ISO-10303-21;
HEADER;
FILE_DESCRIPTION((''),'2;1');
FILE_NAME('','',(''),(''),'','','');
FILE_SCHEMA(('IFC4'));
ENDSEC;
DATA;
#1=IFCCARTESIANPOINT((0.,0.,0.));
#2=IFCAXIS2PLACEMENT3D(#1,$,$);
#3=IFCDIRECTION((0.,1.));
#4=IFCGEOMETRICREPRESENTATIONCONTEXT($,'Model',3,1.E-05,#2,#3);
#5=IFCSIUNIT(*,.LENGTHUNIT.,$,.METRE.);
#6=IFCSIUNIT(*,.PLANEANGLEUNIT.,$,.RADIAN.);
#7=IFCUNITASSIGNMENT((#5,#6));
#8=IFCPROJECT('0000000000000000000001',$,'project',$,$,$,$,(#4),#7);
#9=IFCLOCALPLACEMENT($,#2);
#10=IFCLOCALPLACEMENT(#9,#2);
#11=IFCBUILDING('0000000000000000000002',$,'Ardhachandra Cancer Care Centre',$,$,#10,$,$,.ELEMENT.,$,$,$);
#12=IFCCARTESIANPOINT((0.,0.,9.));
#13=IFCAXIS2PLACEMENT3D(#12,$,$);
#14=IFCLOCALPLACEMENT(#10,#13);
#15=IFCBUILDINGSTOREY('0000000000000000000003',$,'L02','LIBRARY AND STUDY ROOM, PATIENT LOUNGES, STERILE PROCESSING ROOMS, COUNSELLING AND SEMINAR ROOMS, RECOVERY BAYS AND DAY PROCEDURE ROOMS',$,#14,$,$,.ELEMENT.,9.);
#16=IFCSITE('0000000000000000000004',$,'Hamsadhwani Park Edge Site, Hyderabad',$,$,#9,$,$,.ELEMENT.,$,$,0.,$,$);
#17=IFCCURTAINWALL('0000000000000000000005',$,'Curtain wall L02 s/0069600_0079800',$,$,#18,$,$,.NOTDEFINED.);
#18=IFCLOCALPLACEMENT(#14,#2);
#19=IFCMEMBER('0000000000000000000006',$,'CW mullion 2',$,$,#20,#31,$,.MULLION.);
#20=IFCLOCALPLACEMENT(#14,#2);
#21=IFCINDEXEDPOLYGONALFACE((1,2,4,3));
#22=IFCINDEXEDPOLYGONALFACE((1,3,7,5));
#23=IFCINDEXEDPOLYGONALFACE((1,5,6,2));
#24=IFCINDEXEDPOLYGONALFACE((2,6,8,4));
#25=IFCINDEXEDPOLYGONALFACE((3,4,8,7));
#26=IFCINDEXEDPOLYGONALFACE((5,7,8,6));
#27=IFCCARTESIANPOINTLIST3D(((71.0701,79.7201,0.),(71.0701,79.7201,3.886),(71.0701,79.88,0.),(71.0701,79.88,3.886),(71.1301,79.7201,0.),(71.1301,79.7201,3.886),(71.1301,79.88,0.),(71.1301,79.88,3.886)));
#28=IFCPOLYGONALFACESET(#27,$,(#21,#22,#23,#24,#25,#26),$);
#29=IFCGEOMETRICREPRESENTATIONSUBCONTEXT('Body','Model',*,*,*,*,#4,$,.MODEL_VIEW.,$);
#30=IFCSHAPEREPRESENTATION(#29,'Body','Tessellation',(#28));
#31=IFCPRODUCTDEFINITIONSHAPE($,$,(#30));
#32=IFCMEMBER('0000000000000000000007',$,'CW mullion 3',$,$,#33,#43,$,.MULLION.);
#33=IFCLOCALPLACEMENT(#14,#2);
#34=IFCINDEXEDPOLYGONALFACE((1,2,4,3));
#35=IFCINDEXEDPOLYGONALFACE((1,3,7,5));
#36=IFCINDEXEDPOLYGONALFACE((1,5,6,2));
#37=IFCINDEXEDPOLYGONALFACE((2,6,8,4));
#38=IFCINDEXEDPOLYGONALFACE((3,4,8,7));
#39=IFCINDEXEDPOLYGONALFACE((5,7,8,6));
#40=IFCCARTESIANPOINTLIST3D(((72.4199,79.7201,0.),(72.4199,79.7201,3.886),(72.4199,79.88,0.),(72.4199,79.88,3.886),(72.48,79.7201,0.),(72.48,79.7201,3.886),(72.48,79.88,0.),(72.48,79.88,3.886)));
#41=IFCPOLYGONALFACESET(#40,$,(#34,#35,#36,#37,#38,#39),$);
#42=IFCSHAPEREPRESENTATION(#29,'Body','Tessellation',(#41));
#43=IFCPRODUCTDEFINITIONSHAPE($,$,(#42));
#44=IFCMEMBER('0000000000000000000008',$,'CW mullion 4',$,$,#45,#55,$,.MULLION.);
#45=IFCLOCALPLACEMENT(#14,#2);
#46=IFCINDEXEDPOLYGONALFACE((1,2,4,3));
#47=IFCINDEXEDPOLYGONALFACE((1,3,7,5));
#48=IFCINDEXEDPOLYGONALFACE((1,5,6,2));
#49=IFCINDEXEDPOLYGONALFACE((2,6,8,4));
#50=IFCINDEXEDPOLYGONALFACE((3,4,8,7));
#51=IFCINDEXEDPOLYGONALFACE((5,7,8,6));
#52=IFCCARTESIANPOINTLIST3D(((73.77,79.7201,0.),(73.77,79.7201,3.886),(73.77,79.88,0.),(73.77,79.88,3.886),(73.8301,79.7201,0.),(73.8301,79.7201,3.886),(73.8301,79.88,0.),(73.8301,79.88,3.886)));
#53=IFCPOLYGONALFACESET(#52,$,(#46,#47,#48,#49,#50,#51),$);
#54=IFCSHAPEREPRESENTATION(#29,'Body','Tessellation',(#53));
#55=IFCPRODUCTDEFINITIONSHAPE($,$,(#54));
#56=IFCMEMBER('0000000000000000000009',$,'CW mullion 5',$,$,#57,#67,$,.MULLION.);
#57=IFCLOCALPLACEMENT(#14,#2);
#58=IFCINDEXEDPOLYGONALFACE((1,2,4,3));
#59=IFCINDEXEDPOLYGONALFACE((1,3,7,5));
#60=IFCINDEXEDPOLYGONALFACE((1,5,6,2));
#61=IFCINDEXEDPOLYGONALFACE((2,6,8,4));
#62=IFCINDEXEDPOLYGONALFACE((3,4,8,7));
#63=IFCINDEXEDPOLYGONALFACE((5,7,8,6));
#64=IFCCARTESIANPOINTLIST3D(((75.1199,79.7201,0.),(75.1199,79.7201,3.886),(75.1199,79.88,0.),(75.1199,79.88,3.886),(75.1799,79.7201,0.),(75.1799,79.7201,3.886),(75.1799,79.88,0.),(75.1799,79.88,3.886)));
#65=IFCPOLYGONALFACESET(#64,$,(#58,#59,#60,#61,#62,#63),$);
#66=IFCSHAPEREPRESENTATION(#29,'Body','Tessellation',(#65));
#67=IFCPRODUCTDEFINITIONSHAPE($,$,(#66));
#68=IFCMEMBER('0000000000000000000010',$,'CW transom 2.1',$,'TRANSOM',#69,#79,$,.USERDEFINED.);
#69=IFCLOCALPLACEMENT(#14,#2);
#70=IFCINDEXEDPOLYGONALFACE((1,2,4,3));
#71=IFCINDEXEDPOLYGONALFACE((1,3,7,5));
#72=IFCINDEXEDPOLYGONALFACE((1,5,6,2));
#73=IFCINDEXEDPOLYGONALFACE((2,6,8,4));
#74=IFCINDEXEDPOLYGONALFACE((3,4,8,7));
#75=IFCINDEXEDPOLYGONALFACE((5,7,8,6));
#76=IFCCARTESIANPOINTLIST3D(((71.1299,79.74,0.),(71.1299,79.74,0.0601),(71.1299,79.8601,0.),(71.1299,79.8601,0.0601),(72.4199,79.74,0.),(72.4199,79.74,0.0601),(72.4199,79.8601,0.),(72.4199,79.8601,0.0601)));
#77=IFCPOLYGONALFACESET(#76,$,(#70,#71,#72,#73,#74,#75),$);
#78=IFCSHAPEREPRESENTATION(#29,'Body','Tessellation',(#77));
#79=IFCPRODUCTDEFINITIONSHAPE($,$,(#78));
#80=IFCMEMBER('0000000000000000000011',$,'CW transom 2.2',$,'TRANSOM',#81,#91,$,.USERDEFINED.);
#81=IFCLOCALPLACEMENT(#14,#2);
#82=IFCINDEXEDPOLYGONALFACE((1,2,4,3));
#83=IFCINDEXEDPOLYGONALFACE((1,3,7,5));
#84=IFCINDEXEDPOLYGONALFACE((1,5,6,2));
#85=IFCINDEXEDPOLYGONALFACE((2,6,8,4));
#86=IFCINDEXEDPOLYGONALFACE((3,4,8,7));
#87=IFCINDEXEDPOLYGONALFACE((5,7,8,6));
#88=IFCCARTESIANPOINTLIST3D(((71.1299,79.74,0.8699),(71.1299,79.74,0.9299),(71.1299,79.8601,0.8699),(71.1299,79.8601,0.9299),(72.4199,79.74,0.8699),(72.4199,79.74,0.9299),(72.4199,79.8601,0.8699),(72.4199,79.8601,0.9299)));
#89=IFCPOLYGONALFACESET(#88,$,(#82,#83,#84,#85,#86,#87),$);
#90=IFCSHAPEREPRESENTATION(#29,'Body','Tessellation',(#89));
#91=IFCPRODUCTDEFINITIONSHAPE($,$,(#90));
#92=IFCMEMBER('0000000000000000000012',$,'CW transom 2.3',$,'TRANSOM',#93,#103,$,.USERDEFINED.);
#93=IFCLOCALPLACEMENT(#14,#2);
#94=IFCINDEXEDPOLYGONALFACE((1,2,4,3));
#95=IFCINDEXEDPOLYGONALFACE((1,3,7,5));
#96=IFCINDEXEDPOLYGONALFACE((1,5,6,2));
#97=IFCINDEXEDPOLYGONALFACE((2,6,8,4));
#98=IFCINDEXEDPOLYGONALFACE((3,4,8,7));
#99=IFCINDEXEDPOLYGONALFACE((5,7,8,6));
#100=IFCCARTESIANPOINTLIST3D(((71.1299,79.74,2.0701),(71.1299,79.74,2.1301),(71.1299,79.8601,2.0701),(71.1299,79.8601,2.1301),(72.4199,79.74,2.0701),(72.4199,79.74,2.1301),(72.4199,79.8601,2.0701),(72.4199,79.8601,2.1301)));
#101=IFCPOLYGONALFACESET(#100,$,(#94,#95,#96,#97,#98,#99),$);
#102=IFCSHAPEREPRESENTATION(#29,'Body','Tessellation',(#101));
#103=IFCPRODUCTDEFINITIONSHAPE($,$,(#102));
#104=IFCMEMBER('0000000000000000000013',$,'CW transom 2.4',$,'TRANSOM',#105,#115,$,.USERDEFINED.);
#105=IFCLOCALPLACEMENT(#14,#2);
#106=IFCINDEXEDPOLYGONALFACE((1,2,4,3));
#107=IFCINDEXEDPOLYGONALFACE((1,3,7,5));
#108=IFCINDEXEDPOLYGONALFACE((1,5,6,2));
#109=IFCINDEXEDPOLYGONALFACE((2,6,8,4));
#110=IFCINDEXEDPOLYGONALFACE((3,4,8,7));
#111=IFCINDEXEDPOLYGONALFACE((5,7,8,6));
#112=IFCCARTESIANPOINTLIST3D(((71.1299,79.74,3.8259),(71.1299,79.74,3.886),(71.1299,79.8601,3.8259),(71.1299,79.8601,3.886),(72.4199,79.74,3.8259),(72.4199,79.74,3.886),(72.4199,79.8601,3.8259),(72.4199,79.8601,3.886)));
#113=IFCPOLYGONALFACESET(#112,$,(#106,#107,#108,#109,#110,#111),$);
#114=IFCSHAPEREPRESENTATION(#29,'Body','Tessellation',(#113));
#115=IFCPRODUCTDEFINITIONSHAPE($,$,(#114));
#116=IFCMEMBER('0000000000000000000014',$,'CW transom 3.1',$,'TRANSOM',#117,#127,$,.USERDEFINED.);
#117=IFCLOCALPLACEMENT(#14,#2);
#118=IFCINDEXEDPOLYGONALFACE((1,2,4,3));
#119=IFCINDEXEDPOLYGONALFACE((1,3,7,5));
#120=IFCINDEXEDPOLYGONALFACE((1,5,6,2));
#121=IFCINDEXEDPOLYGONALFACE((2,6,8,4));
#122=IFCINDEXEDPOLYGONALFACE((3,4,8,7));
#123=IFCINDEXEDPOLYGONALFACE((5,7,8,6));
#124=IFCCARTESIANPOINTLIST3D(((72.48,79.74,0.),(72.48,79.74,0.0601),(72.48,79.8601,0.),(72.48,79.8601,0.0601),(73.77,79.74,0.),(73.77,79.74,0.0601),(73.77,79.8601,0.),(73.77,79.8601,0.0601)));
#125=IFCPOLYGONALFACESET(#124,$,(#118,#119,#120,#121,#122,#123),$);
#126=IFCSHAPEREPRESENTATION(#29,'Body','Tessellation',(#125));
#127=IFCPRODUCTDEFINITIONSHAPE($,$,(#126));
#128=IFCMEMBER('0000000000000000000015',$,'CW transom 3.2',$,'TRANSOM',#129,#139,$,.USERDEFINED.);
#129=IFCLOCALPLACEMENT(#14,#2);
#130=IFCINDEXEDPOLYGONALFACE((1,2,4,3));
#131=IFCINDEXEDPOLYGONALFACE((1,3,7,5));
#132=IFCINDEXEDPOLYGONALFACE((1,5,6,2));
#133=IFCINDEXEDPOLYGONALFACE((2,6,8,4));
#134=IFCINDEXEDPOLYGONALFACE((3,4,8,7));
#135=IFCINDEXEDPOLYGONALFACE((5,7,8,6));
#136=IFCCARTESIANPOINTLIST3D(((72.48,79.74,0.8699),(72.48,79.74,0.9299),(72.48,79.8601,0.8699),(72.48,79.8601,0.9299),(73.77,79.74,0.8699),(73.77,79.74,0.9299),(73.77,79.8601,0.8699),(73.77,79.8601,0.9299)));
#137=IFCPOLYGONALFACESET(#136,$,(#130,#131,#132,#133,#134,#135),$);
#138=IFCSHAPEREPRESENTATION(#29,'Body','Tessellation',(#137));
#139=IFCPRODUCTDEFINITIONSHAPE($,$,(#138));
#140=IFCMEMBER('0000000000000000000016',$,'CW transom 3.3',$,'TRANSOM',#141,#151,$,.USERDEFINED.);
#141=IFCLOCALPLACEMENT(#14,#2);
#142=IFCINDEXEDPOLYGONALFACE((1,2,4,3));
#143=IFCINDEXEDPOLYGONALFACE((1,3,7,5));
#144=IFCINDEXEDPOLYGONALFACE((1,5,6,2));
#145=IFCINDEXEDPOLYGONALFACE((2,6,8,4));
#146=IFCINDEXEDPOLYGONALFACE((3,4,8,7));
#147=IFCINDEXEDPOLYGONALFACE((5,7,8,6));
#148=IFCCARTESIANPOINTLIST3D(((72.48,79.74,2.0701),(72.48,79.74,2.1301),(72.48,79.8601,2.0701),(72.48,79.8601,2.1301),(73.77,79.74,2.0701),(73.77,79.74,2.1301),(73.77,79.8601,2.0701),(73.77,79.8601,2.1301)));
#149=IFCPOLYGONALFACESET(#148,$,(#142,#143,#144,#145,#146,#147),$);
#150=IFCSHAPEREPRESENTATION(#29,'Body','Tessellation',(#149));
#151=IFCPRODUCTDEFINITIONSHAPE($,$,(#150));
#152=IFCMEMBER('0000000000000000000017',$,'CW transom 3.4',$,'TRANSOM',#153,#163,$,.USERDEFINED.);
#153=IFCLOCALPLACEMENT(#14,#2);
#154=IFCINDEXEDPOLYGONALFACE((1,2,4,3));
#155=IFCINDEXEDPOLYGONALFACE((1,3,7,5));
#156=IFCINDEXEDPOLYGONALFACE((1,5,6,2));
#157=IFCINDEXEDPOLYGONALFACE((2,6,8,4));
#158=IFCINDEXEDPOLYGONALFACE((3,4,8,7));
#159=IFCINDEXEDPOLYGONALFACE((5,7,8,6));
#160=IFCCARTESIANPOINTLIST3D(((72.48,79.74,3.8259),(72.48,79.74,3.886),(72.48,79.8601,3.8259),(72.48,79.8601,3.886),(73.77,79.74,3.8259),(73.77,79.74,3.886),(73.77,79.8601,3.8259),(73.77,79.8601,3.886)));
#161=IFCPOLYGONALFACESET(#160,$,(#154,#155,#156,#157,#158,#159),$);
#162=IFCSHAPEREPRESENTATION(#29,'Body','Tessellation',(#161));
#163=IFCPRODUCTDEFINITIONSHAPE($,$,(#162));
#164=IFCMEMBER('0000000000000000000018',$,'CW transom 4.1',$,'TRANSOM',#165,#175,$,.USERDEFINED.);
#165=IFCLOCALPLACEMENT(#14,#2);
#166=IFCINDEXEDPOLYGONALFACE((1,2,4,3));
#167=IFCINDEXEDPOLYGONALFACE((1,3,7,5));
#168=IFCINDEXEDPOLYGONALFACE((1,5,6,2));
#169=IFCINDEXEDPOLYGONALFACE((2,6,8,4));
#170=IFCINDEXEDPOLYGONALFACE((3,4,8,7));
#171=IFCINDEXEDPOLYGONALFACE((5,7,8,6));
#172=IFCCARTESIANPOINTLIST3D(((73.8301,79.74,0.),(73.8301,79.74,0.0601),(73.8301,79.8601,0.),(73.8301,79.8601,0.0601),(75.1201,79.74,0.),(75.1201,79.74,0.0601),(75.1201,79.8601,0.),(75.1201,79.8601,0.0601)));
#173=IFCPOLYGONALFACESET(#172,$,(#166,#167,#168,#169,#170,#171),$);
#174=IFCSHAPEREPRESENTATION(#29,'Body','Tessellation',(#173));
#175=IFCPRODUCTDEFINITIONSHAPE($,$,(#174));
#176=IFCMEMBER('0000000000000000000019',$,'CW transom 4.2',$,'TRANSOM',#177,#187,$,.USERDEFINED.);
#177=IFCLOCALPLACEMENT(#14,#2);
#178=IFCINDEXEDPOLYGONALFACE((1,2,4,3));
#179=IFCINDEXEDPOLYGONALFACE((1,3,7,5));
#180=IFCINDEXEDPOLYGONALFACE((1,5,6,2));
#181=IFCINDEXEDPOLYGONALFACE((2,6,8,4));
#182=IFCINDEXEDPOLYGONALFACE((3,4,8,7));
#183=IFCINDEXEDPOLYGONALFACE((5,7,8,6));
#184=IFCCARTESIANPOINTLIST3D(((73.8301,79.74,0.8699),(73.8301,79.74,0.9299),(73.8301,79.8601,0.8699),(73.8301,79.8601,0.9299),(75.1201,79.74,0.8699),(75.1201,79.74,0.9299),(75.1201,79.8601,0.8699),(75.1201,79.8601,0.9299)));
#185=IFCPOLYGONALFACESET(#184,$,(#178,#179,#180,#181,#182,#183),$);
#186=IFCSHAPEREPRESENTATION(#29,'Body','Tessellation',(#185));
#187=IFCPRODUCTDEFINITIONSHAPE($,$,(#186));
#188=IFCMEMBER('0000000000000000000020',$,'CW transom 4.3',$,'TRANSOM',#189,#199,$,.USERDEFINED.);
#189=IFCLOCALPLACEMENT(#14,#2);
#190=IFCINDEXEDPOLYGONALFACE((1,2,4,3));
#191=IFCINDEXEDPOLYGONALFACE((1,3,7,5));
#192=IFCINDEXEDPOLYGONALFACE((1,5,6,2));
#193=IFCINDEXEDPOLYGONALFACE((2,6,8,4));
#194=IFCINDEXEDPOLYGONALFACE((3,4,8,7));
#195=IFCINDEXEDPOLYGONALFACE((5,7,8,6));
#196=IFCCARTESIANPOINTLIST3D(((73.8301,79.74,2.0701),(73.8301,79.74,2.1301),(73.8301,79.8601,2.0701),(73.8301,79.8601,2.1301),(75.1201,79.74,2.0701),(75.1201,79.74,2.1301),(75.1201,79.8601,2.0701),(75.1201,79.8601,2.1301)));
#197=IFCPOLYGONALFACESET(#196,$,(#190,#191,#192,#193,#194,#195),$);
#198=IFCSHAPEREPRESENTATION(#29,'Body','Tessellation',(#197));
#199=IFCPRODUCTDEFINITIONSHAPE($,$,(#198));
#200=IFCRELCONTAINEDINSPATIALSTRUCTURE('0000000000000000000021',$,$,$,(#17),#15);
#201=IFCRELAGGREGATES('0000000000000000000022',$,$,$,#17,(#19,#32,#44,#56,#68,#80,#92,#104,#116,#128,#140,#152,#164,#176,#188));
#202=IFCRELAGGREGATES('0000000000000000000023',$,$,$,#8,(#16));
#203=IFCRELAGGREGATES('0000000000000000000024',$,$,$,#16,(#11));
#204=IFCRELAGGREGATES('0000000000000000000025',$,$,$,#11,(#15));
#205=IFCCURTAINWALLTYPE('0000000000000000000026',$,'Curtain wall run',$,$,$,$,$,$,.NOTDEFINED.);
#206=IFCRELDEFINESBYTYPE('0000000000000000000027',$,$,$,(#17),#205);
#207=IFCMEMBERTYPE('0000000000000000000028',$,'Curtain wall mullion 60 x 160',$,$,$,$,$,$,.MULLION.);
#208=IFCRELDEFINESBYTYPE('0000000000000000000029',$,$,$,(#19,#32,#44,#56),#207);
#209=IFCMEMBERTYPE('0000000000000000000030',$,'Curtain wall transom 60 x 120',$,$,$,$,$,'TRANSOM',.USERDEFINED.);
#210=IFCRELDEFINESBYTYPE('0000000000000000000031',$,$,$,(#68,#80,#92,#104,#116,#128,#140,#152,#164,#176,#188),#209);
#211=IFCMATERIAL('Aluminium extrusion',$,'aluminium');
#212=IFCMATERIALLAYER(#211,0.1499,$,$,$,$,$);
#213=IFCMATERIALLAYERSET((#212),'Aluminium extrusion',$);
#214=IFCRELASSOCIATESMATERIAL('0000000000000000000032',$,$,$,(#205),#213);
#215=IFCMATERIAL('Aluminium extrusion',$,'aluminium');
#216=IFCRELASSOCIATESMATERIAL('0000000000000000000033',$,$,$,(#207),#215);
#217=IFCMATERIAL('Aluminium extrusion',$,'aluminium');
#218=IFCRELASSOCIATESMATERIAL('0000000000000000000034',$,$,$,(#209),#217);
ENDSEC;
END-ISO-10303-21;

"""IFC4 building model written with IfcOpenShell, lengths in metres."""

from ifc_helpers import new_model, si_unit, direction, frame, origin, origin_2d, place, context, subcontext, project, spatial, rectangle, extrude, material, layer, layer_set, material_profile, profile_set, type_object, element, aggregate, save


model = new_model("IFC4")

# Units and contexts
model_context = context("Model", 3, precision=1e-05, world=origin(), true_north=direction((0.0, 1.0)))
body_context = subcontext(model_context, "Body", "Model", "MODEL_VIEW")
ifc_project = project(units=[si_unit("LENGTHUNIT", "METRE"), si_unit("PLANEANGLEUNIT", "RADIAN")], contexts=[model_context])

# Site, building, storey
site_placement = place(None, origin())
site = spatial("IfcSite", under=ifc_project, at=site_placement, Name="Hamsadhwani Park Edge Site, Hyderabad", CompositionType="ELEMENT", RefElevation=0.0)
building_placement = place(site_placement, origin())
building = spatial("IfcBuilding", under=site, at=building_placement, Name="Ardhachandra Cancer Care Centre", CompositionType="ELEMENT")
storey_placement = place(building_placement, frame((0.0, 0.0, 9.0)))
storey = spatial("IfcBuildingStorey", under=building, at=storey_placement, Name="L02", Description="LIBRARY AND STUDY ROOM, PATIENT LOUNGES, STERILE PROCESSING ROOMS, COUNSELLING AND SEMINAR ROOMS, RECOVERY BAYS AND DAY PROCEDURE ROOMS", CompositionType="ELEMENT", Elevation=9.0)

# Curtain wall, members
ifc_material_1 = material(Name="Aluminium extrusion", Category="aluminium")
ifc_layer_1 = layer(ifc_material_1, 0.1499)
ifc_layer_set_1 = layer_set([ifc_layer_1], Name="Aluminium extrusion")
curtain_wall_type = type_object("IfcCurtainWallType", Name="Curtain wall run", PredefinedType="NOTDEFINED", material=ifc_layer_set_1)
curtain_wall_placement = place(storey_placement, origin())
curtain_wall = element("IfcCurtainWall", 1, at=curtain_wall_placement, inside=storey, type_object=curtain_wall_type, Name="Curtain wall L02 s/0069600_0079800", PredefinedType="NOTDEFINED")
ifc_material_2 = material(Name="Aluminium extrusion", Category="aluminium")
ifc_material_profile_1 = material_profile(ifc_material_2, rectangle(XDim=0.1599, YDim=0.0601, at=origin_2d()), Name="Curtain wall mullion 60 x 160")
ifc_profile_set_1 = profile_set([ifc_material_profile_1], Name="Aluminium extrusion")
member_type_1 = type_object("IfcMemberType", Name="Curtain wall mullion 60 x 160", PredefinedType="MULLION", material=ifc_profile_set_1)
member_1_placement = place(storey_placement, frame((71.1001, 79.8, 0.0), z_axis=(0.0, 0.0, 1.0), x_axis=(0.0, 1.0, 0.0)))
member_1 = element("IfcMember", 2, at=member_1_placement, type_object=member_type_1, Name="CW mullion 2", PredefinedType="MULLION", context=body_context, shape_type="SweptSolid", body=[
    extrude(rectangle(XDim=0.1599, YDim=0.0601, at=origin_2d()), origin(), (0.0, 0.0, 1.0), 3.886),
])
member_2_placement = place(storey_placement, frame((72.45, 79.8, 0.0), z_axis=(0.0, 0.0, 1.0), x_axis=(0.0, 1.0, 0.0)))
member_2 = element("IfcMember", 3, at=member_2_placement, type_object=member_type_1, Name="CW mullion 3", PredefinedType="MULLION", context=body_context, shape_type="SweptSolid", body=[
    extrude(rectangle(XDim=0.1599, YDim=0.0601, at=origin_2d()), origin(), (0.0, 0.0, 1.0), 3.886),
])
member_3_placement = place(storey_placement, frame((73.8, 79.8, 0.0), z_axis=(0.0, 0.0, 1.0), x_axis=(0.0, 1.0, 0.0)))
member_3 = element("IfcMember", 4, at=member_3_placement, type_object=member_type_1, Name="CW mullion 4", PredefinedType="MULLION", context=body_context, shape_type="SweptSolid", body=[
    extrude(rectangle(XDim=0.1599, YDim=0.0601, at=origin_2d()), origin(), (0.0, 0.0, 1.0), 3.886),
])
member_4_placement = place(storey_placement, frame((75.1499, 79.8, 0.0), z_axis=(0.0, 0.0, 1.0), x_axis=(0.0, 1.0, 0.0)))
member_4 = element("IfcMember", 5, at=member_4_placement, type_object=member_type_1, Name="CW mullion 5", PredefinedType="MULLION", context=body_context, shape_type="SweptSolid", body=[
    extrude(rectangle(XDim=0.1599, YDim=0.0601, at=origin_2d()), origin(), (0.0, 0.0, 1.0), 3.886),
])
ifc_material_3 = material(Name="Aluminium extrusion", Category="aluminium")
ifc_material_profile_2 = material_profile(ifc_material_3, rectangle(XDim=0.1201, YDim=0.0601, at=origin_2d()), Name="Curtain wall transom 60 x 120")
ifc_profile_set_2 = profile_set([ifc_material_profile_2], Name="Aluminium extrusion")
member_type_2 = type_object("IfcMemberType", Name="Curtain wall transom 60 x 120", ElementType="TRANSOM", PredefinedType="USERDEFINED", material=ifc_profile_set_2)
member_5_placement = place(storey_placement, frame((71.1299, 79.8, 0.03), z_axis=(1.0, 0.0, 0.0), x_axis=(0.0, 1.0, 0.0)))
member_5 = element("IfcMember", 6, at=member_5_placement, type_object=member_type_2, Name="CW transom 2.1", ObjectType="TRANSOM", PredefinedType="USERDEFINED", context=body_context, shape_type="SweptSolid", body=[
    extrude(rectangle(XDim=0.1201, YDim=0.0601, at=origin_2d()), origin(), (0.0, 0.0, 1.0), 1.29),
])
member_6_placement = place(storey_placement, frame((71.1299, 79.8, 0.8999), z_axis=(1.0, 0.0, 0.0), x_axis=(0.0, 1.0, 0.0)))
member_6 = element("IfcMember", 7, at=member_6_placement, type_object=member_type_2, Name="CW transom 2.2", ObjectType="TRANSOM", PredefinedType="USERDEFINED", context=body_context, shape_type="SweptSolid", body=[
    extrude(rectangle(XDim=0.1201, YDim=0.0601, at=origin_2d()), origin(), (0.0, 0.0, 1.0), 1.29),
])
member_7_placement = place(storey_placement, frame((71.1299, 79.8, 2.1001), z_axis=(1.0, 0.0, 0.0), x_axis=(0.0, 1.0, 0.0)))
member_7 = element("IfcMember", 8, at=member_7_placement, type_object=member_type_2, Name="CW transom 2.3", ObjectType="TRANSOM", PredefinedType="USERDEFINED", context=body_context, shape_type="SweptSolid", body=[
    extrude(rectangle(XDim=0.1201, YDim=0.0601, at=origin_2d()), origin(), (0.0, 0.0, 1.0), 1.29),
])
member_8_placement = place(storey_placement, frame((71.1299, 79.8, 3.856), z_axis=(1.0, 0.0, 0.0), x_axis=(0.0, 1.0, 0.0)))
member_8 = element("IfcMember", 9, at=member_8_placement, type_object=member_type_2, Name="CW transom 2.4", ObjectType="TRANSOM", PredefinedType="USERDEFINED", context=body_context, shape_type="SweptSolid", body=[
    extrude(rectangle(XDim=0.1201, YDim=0.0601, at=origin_2d()), origin(), (0.0, 0.0, 1.0), 1.29),
])
member_9_placement = place(storey_placement, frame((72.48, 79.8, 0.03), z_axis=(1.0, 0.0, 0.0), x_axis=(0.0, 1.0, 0.0)))
member_9 = element("IfcMember", 10, at=member_9_placement, type_object=member_type_2, Name="CW transom 3.1", ObjectType="TRANSOM", PredefinedType="USERDEFINED", context=body_context, shape_type="SweptSolid", body=[
    extrude(rectangle(XDim=0.1201, YDim=0.0601, at=origin_2d()), origin(), (0.0, 0.0, 1.0), 1.29),
])
member_10_placement = place(storey_placement, frame((72.48, 79.8, 0.8999), z_axis=(1.0, 0.0, 0.0), x_axis=(0.0, 1.0, 0.0)))
member_10 = element("IfcMember", 11, at=member_10_placement, type_object=member_type_2, Name="CW transom 3.2", ObjectType="TRANSOM", PredefinedType="USERDEFINED", context=body_context, shape_type="SweptSolid", body=[
    extrude(rectangle(XDim=0.1201, YDim=0.0601, at=origin_2d()), origin(), (0.0, 0.0, 1.0), 1.29),
])
member_11_placement = place(storey_placement, frame((72.48, 79.8, 2.1001), z_axis=(1.0, 0.0, 0.0), x_axis=(0.0, 1.0, 0.0)))
member_11 = element("IfcMember", 12, at=member_11_placement, type_object=member_type_2, Name="CW transom 3.3", ObjectType="TRANSOM", PredefinedType="USERDEFINED", context=body_context, shape_type="SweptSolid", body=[
    extrude(rectangle(XDim=0.1201, YDim=0.0601, at=origin_2d()), origin(), (0.0, 0.0, 1.0), 1.29),
])
member_12_placement = place(storey_placement, frame((72.48, 79.8, 3.856), z_axis=(1.0, 0.0, 0.0), x_axis=(0.0, 1.0, 0.0)))
member_12 = element("IfcMember", 13, at=member_12_placement, type_object=member_type_2, Name="CW transom 3.4", ObjectType="TRANSOM", PredefinedType="USERDEFINED", context=body_context, shape_type="SweptSolid", body=[
    extrude(rectangle(XDim=0.1201, YDim=0.0601, at=origin_2d()), origin(), (0.0, 0.0, 1.0), 1.29),
])
member_13_placement = place(storey_placement, frame((73.8301, 79.8, 0.03), z_axis=(1.0, 0.0, 0.0), x_axis=(0.0, 1.0, 0.0)))
member_13 = element("IfcMember", 14, at=member_13_placement, type_object=member_type_2, Name="CW transom 4.1", ObjectType="TRANSOM", PredefinedType="USERDEFINED", context=body_context, shape_type="SweptSolid", body=[
    extrude(rectangle(XDim=0.1201, YDim=0.0601, at=origin_2d()), origin(), (0.0, 0.0, 1.0), 1.29),
])
member_14_placement = place(storey_placement, frame((73.8301, 79.8, 0.8999), z_axis=(1.0, 0.0, 0.0), x_axis=(0.0, 1.0, 0.0)))
member_14 = element("IfcMember", 15, at=member_14_placement, type_object=member_type_2, Name="CW transom 4.2", ObjectType="TRANSOM", PredefinedType="USERDEFINED", context=body_context, shape_type="SweptSolid", body=[
    extrude(rectangle(XDim=0.1201, YDim=0.0601, at=origin_2d()), origin(), (0.0, 0.0, 1.0), 1.29),
])
member_15_placement = place(storey_placement, frame((73.8301, 79.8, 2.1001), z_axis=(1.0, 0.0, 0.0), x_axis=(0.0, 1.0, 0.0)))
member_15 = element("IfcMember", 16, at=member_15_placement, type_object=member_type_2, Name="CW transom 4.3", ObjectType="TRANSOM", PredefinedType="USERDEFINED", context=body_context, shape_type="SweptSolid", body=[
    extrude(rectangle(XDim=0.1201, YDim=0.0601, at=origin_2d()), origin(), (0.0, 0.0, 1.0), 1.29),
])

aggregate(curtain_wall, [member_1, member_2, member_3, member_4, member_5, member_6, member_7, member_8, member_9, member_10, member_11, member_12, member_13, member_14, member_15])

save(model, "model.ifc")
